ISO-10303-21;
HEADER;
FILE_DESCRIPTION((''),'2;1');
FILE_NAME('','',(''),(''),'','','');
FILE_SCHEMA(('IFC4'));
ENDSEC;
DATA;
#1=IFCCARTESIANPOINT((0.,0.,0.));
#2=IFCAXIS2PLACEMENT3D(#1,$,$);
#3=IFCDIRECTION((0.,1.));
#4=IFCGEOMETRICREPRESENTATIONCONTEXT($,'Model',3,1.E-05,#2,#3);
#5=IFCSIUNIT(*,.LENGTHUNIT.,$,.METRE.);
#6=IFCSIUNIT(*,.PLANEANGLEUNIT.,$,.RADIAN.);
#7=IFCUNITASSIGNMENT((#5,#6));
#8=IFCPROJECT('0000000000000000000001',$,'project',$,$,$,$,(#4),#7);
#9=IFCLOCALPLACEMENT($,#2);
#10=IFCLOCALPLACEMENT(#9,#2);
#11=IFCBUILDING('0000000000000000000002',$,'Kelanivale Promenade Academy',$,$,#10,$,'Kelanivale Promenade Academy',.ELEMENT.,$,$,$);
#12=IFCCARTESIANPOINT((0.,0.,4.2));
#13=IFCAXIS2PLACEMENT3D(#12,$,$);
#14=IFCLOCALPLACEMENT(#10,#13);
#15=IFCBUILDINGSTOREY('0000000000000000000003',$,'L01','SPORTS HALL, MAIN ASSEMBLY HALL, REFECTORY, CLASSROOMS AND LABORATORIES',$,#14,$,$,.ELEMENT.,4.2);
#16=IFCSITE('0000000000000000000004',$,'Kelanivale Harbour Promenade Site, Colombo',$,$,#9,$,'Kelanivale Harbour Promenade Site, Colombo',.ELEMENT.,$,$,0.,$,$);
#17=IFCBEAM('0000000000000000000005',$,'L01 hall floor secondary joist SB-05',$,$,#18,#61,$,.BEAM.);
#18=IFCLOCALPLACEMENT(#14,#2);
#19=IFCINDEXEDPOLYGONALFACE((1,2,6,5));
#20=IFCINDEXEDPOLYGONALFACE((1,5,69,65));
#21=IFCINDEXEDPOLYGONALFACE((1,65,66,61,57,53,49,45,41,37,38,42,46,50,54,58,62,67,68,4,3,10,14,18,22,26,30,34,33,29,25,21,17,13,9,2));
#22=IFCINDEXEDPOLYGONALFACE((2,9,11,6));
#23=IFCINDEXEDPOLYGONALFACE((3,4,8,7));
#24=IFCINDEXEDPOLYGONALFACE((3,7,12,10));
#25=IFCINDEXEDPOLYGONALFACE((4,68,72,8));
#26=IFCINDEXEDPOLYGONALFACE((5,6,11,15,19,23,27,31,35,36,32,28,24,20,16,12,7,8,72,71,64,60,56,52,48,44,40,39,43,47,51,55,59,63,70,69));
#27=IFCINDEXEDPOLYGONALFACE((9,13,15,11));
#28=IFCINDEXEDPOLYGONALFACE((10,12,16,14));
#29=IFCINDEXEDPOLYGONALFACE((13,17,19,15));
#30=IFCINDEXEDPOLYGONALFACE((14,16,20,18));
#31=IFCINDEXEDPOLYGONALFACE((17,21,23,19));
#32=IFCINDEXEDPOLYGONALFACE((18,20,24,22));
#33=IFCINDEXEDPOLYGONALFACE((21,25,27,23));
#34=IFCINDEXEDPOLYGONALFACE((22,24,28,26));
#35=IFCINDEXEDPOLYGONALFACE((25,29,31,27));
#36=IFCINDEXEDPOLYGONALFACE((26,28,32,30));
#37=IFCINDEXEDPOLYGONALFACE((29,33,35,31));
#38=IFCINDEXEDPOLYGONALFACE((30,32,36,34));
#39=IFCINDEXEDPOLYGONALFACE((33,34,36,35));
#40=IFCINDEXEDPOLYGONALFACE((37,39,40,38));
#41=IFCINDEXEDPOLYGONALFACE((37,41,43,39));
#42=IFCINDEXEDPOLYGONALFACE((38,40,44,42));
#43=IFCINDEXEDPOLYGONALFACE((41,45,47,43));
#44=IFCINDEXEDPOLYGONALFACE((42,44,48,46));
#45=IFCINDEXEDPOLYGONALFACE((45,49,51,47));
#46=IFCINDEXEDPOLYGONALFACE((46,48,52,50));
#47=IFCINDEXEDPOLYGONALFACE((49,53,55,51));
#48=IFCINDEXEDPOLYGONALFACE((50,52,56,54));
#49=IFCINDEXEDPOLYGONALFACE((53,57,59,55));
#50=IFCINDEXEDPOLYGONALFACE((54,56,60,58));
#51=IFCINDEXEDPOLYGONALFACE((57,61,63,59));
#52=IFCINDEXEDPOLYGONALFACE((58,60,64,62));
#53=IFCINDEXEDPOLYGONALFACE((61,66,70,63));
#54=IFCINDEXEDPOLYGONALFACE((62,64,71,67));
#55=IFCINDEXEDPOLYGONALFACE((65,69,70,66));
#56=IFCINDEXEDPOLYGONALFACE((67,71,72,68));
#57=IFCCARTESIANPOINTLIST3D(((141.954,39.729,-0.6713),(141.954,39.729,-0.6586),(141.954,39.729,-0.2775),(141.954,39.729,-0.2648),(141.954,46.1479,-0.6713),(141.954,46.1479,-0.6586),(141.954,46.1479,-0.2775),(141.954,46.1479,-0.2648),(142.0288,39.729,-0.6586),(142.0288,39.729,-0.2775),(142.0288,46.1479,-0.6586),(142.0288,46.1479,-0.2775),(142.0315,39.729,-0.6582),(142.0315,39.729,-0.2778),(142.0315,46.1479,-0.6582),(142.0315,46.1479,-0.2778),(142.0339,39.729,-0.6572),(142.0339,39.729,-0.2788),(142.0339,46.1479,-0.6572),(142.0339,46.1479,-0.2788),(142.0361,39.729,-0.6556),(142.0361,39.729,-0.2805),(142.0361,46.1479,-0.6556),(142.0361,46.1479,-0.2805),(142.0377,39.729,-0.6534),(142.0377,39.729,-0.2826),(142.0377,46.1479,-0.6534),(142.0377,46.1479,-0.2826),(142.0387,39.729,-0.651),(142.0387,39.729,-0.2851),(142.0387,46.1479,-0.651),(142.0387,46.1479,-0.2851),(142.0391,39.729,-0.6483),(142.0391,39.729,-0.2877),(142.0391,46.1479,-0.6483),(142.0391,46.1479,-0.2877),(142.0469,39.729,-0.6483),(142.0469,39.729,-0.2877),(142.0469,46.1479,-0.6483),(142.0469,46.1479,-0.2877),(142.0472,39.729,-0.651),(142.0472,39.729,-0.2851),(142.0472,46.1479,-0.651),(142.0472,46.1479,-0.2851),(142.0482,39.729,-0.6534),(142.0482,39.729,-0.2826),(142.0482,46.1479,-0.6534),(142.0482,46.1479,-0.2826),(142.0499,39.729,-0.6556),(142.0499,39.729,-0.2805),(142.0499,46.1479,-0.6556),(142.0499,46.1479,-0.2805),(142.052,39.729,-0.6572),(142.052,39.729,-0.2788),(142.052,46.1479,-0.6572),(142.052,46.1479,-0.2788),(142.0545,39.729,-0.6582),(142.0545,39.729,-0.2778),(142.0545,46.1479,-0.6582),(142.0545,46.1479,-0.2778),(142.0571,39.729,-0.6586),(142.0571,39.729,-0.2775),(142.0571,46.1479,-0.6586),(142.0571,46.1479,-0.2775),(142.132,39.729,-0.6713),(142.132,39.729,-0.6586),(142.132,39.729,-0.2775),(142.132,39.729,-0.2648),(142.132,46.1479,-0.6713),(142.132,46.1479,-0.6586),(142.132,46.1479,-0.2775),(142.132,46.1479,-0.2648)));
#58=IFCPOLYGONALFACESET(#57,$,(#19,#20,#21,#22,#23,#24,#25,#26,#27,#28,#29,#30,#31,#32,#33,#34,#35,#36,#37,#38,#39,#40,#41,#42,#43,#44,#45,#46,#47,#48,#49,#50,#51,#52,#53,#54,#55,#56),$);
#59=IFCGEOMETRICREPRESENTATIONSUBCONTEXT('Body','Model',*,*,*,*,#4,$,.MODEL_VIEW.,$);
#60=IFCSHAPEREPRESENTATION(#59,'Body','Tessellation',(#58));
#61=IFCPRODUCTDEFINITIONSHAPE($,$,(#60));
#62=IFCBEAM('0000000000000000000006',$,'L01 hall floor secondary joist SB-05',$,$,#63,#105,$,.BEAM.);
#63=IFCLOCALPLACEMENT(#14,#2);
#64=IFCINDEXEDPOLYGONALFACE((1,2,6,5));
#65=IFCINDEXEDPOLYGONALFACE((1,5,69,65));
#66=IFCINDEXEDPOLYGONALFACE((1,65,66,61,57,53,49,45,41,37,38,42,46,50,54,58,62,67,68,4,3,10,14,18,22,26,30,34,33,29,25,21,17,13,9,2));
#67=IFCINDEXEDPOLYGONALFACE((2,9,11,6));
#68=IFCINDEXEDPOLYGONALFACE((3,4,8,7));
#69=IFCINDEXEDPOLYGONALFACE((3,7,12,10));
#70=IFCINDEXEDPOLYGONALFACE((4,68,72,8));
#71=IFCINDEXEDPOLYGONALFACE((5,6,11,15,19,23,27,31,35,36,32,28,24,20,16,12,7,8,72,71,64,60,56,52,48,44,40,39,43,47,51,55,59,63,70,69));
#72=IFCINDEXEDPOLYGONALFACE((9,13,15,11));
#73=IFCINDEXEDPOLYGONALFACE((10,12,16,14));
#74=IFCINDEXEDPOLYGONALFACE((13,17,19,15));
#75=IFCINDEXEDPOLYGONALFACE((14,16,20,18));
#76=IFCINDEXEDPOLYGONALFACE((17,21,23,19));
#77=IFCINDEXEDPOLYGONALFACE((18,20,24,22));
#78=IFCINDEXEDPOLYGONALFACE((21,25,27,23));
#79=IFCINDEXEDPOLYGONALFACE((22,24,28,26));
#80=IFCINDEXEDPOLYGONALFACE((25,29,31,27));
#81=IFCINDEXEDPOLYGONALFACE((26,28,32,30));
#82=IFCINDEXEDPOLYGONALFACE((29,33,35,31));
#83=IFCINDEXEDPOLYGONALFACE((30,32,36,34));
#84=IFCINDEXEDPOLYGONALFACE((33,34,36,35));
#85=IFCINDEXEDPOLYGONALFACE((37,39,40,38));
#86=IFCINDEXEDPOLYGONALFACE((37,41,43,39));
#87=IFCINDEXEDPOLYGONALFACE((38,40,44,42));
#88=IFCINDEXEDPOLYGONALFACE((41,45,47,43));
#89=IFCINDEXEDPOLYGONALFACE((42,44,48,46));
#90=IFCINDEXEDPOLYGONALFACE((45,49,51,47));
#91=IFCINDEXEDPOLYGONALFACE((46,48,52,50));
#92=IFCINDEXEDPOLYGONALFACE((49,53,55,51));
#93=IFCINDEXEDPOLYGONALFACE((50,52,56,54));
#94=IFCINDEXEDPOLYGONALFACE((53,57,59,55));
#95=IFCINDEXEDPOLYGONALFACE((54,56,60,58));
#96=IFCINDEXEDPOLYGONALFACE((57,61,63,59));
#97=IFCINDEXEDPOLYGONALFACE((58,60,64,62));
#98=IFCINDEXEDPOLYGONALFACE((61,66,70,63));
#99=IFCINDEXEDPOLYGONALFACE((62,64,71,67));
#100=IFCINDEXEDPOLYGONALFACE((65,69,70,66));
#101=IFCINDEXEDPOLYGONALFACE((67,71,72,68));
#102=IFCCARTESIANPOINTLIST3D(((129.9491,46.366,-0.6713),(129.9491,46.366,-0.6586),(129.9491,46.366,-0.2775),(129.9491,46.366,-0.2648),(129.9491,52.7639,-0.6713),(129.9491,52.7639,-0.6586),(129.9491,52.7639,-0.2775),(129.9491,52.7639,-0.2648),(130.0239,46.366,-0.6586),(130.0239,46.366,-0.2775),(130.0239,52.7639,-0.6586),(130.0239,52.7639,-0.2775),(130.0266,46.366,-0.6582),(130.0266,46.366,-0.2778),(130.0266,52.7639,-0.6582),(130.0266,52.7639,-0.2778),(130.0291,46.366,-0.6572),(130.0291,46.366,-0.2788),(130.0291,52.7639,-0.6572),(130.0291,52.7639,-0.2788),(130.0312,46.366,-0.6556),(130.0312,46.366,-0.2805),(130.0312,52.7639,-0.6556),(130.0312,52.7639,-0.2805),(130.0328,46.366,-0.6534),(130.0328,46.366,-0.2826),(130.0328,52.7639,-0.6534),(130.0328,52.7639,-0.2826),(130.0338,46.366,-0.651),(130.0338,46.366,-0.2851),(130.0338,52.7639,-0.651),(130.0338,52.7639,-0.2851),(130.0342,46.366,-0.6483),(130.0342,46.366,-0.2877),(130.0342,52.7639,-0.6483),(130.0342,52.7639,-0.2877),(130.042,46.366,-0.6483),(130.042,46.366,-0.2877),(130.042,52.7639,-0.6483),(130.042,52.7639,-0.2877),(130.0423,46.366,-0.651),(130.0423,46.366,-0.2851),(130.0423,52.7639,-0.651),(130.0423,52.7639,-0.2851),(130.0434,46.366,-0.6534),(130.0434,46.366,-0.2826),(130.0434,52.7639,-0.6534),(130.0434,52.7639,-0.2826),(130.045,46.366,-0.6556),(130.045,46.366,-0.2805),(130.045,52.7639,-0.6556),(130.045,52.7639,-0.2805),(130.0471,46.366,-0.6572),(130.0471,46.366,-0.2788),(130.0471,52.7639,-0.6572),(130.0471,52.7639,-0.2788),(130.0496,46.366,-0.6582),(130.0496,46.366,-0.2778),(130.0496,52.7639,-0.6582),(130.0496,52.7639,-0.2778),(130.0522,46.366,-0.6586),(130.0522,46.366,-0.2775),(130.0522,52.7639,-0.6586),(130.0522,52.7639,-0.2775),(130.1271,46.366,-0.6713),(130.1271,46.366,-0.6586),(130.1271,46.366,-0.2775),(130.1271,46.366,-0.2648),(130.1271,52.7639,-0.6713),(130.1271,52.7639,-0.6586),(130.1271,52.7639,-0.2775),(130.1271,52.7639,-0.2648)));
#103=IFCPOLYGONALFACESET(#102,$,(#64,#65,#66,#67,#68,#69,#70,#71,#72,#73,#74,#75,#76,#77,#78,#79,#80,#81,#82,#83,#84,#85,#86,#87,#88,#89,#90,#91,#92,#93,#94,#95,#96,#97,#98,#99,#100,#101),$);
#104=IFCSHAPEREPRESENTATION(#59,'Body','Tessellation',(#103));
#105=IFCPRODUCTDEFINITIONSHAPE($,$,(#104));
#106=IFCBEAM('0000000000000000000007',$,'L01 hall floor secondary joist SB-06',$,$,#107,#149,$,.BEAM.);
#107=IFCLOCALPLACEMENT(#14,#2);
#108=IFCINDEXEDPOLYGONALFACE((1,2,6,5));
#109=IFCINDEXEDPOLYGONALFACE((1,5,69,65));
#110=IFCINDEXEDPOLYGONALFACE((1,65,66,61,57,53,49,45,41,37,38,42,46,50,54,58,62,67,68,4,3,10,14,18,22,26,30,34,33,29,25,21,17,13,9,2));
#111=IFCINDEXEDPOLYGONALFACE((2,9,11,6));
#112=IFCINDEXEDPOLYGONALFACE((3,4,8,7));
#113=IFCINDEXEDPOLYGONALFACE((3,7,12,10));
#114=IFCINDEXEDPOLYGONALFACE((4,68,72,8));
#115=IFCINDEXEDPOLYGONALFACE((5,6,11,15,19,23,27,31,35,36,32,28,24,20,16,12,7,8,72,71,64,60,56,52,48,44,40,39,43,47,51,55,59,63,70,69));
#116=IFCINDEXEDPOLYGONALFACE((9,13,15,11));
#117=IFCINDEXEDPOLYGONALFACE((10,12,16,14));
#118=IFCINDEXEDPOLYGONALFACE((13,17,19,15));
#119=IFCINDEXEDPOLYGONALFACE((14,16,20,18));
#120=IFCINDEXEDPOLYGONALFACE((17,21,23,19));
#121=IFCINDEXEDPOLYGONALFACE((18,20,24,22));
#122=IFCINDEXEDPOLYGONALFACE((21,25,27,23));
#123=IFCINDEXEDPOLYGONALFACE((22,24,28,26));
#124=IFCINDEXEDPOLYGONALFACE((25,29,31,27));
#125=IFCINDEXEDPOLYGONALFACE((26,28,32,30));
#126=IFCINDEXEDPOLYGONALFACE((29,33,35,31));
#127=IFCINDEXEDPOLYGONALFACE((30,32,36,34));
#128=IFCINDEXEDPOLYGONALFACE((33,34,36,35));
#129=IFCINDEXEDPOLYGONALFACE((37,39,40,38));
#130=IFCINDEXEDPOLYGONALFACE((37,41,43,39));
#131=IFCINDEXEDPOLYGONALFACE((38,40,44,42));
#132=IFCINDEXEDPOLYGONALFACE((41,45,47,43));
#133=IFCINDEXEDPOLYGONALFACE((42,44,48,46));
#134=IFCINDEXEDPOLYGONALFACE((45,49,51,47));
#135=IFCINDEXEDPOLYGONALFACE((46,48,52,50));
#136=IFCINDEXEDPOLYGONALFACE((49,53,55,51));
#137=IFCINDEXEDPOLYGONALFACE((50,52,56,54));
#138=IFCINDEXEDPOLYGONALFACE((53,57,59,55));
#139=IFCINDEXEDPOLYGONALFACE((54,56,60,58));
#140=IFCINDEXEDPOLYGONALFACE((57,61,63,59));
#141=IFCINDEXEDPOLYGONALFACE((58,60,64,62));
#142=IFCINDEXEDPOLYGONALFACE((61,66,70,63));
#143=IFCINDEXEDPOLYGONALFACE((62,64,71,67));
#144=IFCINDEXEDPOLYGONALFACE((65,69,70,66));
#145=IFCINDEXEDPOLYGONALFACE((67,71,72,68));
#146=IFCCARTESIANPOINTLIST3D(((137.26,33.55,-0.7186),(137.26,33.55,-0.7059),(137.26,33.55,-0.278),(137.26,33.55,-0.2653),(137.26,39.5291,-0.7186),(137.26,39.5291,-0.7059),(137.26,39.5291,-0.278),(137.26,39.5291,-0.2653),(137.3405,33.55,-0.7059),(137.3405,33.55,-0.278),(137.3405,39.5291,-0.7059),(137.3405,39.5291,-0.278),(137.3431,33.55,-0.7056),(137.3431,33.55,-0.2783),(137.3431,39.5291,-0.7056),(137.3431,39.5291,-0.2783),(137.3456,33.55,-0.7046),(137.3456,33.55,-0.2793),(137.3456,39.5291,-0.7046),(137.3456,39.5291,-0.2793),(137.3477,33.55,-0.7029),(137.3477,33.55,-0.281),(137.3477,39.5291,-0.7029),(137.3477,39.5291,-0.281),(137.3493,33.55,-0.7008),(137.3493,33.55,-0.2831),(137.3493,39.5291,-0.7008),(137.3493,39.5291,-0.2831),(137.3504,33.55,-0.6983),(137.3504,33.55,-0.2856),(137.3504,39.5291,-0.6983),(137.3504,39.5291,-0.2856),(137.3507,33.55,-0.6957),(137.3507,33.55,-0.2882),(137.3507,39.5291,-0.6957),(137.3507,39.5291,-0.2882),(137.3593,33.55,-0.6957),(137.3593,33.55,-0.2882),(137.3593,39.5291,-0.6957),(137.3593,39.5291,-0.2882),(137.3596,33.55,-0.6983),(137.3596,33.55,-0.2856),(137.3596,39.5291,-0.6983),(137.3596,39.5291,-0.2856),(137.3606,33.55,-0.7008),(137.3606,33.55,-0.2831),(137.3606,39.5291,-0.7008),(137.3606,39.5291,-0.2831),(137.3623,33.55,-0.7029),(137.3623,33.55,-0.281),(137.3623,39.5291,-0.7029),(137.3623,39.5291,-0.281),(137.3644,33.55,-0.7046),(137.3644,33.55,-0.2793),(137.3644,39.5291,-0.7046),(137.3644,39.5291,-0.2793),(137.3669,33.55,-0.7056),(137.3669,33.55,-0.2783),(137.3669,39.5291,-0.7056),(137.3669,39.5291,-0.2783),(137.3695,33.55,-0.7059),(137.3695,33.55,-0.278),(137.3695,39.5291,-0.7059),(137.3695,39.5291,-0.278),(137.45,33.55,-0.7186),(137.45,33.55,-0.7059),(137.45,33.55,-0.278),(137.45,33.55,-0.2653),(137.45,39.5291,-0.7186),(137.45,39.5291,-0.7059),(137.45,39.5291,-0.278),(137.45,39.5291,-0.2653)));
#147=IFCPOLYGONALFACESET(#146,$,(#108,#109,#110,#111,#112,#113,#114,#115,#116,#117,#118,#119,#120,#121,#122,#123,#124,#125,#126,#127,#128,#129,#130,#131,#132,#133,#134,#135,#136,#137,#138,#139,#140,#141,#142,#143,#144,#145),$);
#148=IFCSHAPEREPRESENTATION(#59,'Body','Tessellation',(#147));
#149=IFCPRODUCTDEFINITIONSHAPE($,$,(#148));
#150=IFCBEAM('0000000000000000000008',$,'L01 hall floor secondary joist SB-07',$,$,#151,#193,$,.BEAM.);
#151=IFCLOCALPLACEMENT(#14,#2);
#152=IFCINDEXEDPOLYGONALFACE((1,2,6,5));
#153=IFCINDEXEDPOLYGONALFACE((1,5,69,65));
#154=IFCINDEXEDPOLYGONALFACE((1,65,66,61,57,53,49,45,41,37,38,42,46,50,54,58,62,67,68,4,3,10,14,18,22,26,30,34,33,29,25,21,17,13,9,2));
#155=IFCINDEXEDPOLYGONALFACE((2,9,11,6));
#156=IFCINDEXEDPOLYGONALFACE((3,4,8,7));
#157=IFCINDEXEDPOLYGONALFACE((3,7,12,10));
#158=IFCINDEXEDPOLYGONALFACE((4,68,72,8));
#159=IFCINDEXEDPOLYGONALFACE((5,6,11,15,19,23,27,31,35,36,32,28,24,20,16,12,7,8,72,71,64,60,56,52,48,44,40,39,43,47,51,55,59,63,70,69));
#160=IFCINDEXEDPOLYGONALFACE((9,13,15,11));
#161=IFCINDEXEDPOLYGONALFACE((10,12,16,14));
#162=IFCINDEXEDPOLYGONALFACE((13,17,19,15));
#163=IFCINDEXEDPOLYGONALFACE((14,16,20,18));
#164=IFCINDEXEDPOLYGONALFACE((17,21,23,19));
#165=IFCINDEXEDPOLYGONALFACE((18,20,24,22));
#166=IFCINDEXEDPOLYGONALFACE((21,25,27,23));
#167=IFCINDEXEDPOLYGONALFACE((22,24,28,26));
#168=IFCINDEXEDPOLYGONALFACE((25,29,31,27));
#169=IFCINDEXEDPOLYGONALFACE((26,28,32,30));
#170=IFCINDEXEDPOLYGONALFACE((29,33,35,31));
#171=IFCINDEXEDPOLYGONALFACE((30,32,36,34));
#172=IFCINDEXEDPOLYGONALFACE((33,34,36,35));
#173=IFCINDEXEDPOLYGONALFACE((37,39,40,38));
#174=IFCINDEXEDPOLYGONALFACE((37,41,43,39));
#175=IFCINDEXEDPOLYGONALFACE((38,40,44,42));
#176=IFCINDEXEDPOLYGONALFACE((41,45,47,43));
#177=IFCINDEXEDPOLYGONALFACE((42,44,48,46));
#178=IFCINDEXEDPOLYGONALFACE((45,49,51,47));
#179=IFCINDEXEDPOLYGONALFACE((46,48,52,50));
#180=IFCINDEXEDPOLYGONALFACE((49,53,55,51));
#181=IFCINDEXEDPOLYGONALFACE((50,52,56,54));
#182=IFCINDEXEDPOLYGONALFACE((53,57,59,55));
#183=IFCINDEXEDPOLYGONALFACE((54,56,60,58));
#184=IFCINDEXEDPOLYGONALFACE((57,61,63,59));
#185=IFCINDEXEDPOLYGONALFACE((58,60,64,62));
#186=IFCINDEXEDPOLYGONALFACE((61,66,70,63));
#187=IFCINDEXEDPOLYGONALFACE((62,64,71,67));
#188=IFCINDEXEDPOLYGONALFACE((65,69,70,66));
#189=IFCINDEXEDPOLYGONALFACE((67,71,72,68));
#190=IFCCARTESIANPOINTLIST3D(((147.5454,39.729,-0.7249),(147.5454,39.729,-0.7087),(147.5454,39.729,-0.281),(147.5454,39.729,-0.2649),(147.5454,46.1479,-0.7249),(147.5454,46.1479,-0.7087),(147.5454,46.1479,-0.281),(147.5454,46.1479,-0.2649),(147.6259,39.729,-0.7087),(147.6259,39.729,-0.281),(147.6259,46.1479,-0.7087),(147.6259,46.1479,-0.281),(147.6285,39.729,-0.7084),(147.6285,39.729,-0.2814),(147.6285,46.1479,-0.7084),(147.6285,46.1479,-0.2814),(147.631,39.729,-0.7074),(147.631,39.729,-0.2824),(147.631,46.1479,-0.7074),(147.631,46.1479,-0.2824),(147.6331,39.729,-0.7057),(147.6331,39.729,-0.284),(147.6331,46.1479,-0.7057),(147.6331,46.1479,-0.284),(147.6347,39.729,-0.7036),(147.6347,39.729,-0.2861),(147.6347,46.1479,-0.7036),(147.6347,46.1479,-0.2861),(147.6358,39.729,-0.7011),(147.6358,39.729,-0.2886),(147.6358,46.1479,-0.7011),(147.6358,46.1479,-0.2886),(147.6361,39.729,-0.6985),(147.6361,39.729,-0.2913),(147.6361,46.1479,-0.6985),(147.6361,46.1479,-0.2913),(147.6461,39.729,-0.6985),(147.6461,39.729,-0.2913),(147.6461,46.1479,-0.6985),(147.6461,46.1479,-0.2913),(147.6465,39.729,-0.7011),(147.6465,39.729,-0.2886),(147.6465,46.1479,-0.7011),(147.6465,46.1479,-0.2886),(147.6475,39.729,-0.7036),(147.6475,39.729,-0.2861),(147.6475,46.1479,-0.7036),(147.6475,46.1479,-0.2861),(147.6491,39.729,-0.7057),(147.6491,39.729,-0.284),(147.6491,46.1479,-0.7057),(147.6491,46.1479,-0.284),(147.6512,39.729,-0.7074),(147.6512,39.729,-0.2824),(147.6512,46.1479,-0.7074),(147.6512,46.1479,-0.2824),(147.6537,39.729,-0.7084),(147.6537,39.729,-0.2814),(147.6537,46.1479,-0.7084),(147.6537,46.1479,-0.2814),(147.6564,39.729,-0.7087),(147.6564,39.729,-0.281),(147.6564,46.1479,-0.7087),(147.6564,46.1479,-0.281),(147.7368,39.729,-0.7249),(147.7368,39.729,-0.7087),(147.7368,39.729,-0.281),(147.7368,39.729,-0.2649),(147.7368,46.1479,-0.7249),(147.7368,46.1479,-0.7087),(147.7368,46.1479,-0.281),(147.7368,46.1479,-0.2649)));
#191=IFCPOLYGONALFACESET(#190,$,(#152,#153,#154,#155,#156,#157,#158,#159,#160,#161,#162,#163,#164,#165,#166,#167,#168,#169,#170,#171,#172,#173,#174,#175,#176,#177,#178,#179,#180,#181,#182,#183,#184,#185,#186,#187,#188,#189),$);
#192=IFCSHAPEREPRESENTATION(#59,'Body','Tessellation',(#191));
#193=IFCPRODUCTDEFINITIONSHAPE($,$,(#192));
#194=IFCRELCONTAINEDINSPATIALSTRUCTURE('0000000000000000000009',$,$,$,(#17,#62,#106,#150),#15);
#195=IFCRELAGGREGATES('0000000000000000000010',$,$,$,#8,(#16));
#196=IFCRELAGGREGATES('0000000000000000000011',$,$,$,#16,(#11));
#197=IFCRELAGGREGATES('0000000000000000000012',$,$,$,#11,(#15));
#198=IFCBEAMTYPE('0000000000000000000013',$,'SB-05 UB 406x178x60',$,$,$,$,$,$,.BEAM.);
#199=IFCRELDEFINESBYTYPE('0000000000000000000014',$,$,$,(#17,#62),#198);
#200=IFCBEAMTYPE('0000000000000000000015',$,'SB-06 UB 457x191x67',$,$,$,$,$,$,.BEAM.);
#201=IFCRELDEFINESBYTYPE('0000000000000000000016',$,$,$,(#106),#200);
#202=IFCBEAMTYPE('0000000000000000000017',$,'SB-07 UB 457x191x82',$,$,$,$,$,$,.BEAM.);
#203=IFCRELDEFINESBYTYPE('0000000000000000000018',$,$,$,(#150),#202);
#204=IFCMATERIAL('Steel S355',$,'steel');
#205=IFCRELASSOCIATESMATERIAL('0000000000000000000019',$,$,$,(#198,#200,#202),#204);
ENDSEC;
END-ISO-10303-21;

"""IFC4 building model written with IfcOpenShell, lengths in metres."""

from ifc_helpers import new_model, si_unit, direction, frame, origin, origin_2d, place, context, subcontext, project, spatial, i_section, extrude, material, material_profile, profile_set, type_object, element, save


model = new_model("IFC4")

# Units and contexts
model_context = context("Model", 3, precision=1e-05, world=origin(), true_north=direction((0.0, 1.0)))
body_context = subcontext(model_context, "Body", "Model", "MODEL_VIEW")
ifc_project = project(units=[si_unit("LENGTHUNIT", "METRE"), si_unit("PLANEANGLEUNIT", "RADIAN")], contexts=[model_context])

# Site, building, storey
site_placement = place(None, origin())
site = spatial("IfcSite", under=ifc_project, at=site_placement, Name="Kelanivale Harbour Promenade Site, Colombo", LongName="Kelanivale Harbour Promenade Site, Colombo", CompositionType="ELEMENT", RefElevation=0.0)
building_placement = place(site_placement, origin())
building = spatial("IfcBuilding", under=site, at=building_placement, Name="Kelanivale Promenade Academy", LongName="Kelanivale Promenade Academy", CompositionType="ELEMENT")
storey_placement = place(building_placement, frame((0.0, 0.0, 4.2)))
storey = spatial("IfcBuildingStorey", under=building, at=storey_placement, Name="L01", Description="SPORTS HALL, MAIN ASSEMBLY HALL, REFECTORY, CLASSROOMS AND LABORATORIES", CompositionType="ELEMENT", Elevation=4.2)

# Shared definitions
ifc_material_1 = material(Name="Steel S355", Category="steel")

# Beams
ifc_material_profile_1 = material_profile(ifc_material_1, i_section(OverallWidth=0.178, OverallDepth=0.4065, WebThickness=0.0078, FlangeThickness=0.0127, FilletRadius=0.0103, at=origin_2d()), Name="UB 406x178x60")
ifc_profile_set_1 = profile_set([ifc_material_profile_1], Name="Steel S355")
beam_type_1 = type_object("IfcBeamType", Name="SB-05 UB 406x178x60", PredefinedType="BEAM", material=ifc_profile_set_1)
beam_1_placement = place(storey_placement, frame((142.043, 39.729, -0.468), z_axis=(0.0, 1.0, 0.0), x_axis=(-1.0, 0.0, 0.0)))
element("IfcBeam", 1, at=beam_1_placement, inside=storey, type_object=beam_type_1, Name="L01 hall floor secondary joist SB-05", PredefinedType="BEAM", context=body_context, shape_type="SweptSolid", body=[
    extrude(i_section(OverallWidth=0.178, OverallDepth=0.4065, WebThickness=0.0078, FlangeThickness=0.0127, FilletRadius=0.0103, at=origin_2d()), origin(), (0.0, 0.0, 1.0), 6.4189),
])
beam_2_placement = place(storey_placement, frame((130.0381, 46.366, -0.468), z_axis=(0.0, 1.0, 0.0), x_axis=(-1.0, 0.0, 0.0)))
element("IfcBeam", 2, at=beam_2_placement, inside=storey, type_object=beam_type_1, Name="L01 hall floor secondary joist SB-05", PredefinedType="BEAM", context=body_context, shape_type="SweptSolid", body=[
    extrude(i_section(OverallWidth=0.178, OverallDepth=0.4065, WebThickness=0.0078, FlangeThickness=0.0127, FilletRadius=0.0103, at=origin_2d()), origin(), (0.0, 0.0, 1.0), 6.3979),
])
ifc_material_profile_2 = material_profile(ifc_material_1, i_section(OverallWidth=0.1899, OverallDepth=0.4534, WebThickness=0.0085, FlangeThickness=0.0127, FilletRadius=0.0103, at=origin_2d()), Name="UB 457x191x67")
ifc_profile_set_2 = profile_set([ifc_material_profile_2], Name="Steel S355")
beam_type_2 = type_object("IfcBeamType", Name="SB-06 UB 457x191x67", PredefinedType="BEAM", material=ifc_profile_set_2)
beam_3_placement = place(storey_placement, frame((137.355, 33.55, -0.4919), z_axis=(0.0, 1.0, 0.0), x_axis=(-1.0, 0.0, 0.0)))
element("IfcBeam", 3, at=beam_3_placement, inside=storey, type_object=beam_type_2, Name="L01 hall floor secondary joist SB-06", PredefinedType="BEAM", context=body_context, shape_type="SweptSolid", body=[
    extrude(i_section(OverallWidth=0.1899, OverallDepth=0.4534, WebThickness=0.0085, FlangeThickness=0.0127, FilletRadius=0.0103, at=origin_2d()), origin(), (0.0, 0.0, 1.0), 5.979),
])
ifc_material_profile_3 = material_profile(ifc_material_1, i_section(OverallWidth=0.1914, OverallDepth=0.46, WebThickness=0.01, FlangeThickness=0.0161, FilletRadius=0.0103, at=origin_2d()), Name="UB 457x191x82")
ifc_profile_set_3 = profile_set([ifc_material_profile_3], Name="Steel S355")
beam_type_3 = type_object("IfcBeamType", Name="SB-07 UB 457x191x82", PredefinedType="BEAM", material=ifc_profile_set_3)
beam_4_placement = place(storey_placement, frame((147.6411, 39.729, -0.4949), z_axis=(0.0, 1.0, 0.0), x_axis=(-1.0, 0.0, 0.0)))
element("IfcBeam", 4, at=beam_4_placement, inside=storey, type_object=beam_type_3, Name="L01 hall floor secondary joist SB-07", PredefinedType="BEAM", context=body_context, shape_type="SweptSolid", body=[
    extrude(i_section(OverallWidth=0.1914, OverallDepth=0.46, WebThickness=0.01, FlangeThickness=0.0161, FilletRadius=0.0103, at=origin_2d()), origin(), (0.0, 0.0, 1.0), 6.4189),
])

save(model, "model.ifc")
